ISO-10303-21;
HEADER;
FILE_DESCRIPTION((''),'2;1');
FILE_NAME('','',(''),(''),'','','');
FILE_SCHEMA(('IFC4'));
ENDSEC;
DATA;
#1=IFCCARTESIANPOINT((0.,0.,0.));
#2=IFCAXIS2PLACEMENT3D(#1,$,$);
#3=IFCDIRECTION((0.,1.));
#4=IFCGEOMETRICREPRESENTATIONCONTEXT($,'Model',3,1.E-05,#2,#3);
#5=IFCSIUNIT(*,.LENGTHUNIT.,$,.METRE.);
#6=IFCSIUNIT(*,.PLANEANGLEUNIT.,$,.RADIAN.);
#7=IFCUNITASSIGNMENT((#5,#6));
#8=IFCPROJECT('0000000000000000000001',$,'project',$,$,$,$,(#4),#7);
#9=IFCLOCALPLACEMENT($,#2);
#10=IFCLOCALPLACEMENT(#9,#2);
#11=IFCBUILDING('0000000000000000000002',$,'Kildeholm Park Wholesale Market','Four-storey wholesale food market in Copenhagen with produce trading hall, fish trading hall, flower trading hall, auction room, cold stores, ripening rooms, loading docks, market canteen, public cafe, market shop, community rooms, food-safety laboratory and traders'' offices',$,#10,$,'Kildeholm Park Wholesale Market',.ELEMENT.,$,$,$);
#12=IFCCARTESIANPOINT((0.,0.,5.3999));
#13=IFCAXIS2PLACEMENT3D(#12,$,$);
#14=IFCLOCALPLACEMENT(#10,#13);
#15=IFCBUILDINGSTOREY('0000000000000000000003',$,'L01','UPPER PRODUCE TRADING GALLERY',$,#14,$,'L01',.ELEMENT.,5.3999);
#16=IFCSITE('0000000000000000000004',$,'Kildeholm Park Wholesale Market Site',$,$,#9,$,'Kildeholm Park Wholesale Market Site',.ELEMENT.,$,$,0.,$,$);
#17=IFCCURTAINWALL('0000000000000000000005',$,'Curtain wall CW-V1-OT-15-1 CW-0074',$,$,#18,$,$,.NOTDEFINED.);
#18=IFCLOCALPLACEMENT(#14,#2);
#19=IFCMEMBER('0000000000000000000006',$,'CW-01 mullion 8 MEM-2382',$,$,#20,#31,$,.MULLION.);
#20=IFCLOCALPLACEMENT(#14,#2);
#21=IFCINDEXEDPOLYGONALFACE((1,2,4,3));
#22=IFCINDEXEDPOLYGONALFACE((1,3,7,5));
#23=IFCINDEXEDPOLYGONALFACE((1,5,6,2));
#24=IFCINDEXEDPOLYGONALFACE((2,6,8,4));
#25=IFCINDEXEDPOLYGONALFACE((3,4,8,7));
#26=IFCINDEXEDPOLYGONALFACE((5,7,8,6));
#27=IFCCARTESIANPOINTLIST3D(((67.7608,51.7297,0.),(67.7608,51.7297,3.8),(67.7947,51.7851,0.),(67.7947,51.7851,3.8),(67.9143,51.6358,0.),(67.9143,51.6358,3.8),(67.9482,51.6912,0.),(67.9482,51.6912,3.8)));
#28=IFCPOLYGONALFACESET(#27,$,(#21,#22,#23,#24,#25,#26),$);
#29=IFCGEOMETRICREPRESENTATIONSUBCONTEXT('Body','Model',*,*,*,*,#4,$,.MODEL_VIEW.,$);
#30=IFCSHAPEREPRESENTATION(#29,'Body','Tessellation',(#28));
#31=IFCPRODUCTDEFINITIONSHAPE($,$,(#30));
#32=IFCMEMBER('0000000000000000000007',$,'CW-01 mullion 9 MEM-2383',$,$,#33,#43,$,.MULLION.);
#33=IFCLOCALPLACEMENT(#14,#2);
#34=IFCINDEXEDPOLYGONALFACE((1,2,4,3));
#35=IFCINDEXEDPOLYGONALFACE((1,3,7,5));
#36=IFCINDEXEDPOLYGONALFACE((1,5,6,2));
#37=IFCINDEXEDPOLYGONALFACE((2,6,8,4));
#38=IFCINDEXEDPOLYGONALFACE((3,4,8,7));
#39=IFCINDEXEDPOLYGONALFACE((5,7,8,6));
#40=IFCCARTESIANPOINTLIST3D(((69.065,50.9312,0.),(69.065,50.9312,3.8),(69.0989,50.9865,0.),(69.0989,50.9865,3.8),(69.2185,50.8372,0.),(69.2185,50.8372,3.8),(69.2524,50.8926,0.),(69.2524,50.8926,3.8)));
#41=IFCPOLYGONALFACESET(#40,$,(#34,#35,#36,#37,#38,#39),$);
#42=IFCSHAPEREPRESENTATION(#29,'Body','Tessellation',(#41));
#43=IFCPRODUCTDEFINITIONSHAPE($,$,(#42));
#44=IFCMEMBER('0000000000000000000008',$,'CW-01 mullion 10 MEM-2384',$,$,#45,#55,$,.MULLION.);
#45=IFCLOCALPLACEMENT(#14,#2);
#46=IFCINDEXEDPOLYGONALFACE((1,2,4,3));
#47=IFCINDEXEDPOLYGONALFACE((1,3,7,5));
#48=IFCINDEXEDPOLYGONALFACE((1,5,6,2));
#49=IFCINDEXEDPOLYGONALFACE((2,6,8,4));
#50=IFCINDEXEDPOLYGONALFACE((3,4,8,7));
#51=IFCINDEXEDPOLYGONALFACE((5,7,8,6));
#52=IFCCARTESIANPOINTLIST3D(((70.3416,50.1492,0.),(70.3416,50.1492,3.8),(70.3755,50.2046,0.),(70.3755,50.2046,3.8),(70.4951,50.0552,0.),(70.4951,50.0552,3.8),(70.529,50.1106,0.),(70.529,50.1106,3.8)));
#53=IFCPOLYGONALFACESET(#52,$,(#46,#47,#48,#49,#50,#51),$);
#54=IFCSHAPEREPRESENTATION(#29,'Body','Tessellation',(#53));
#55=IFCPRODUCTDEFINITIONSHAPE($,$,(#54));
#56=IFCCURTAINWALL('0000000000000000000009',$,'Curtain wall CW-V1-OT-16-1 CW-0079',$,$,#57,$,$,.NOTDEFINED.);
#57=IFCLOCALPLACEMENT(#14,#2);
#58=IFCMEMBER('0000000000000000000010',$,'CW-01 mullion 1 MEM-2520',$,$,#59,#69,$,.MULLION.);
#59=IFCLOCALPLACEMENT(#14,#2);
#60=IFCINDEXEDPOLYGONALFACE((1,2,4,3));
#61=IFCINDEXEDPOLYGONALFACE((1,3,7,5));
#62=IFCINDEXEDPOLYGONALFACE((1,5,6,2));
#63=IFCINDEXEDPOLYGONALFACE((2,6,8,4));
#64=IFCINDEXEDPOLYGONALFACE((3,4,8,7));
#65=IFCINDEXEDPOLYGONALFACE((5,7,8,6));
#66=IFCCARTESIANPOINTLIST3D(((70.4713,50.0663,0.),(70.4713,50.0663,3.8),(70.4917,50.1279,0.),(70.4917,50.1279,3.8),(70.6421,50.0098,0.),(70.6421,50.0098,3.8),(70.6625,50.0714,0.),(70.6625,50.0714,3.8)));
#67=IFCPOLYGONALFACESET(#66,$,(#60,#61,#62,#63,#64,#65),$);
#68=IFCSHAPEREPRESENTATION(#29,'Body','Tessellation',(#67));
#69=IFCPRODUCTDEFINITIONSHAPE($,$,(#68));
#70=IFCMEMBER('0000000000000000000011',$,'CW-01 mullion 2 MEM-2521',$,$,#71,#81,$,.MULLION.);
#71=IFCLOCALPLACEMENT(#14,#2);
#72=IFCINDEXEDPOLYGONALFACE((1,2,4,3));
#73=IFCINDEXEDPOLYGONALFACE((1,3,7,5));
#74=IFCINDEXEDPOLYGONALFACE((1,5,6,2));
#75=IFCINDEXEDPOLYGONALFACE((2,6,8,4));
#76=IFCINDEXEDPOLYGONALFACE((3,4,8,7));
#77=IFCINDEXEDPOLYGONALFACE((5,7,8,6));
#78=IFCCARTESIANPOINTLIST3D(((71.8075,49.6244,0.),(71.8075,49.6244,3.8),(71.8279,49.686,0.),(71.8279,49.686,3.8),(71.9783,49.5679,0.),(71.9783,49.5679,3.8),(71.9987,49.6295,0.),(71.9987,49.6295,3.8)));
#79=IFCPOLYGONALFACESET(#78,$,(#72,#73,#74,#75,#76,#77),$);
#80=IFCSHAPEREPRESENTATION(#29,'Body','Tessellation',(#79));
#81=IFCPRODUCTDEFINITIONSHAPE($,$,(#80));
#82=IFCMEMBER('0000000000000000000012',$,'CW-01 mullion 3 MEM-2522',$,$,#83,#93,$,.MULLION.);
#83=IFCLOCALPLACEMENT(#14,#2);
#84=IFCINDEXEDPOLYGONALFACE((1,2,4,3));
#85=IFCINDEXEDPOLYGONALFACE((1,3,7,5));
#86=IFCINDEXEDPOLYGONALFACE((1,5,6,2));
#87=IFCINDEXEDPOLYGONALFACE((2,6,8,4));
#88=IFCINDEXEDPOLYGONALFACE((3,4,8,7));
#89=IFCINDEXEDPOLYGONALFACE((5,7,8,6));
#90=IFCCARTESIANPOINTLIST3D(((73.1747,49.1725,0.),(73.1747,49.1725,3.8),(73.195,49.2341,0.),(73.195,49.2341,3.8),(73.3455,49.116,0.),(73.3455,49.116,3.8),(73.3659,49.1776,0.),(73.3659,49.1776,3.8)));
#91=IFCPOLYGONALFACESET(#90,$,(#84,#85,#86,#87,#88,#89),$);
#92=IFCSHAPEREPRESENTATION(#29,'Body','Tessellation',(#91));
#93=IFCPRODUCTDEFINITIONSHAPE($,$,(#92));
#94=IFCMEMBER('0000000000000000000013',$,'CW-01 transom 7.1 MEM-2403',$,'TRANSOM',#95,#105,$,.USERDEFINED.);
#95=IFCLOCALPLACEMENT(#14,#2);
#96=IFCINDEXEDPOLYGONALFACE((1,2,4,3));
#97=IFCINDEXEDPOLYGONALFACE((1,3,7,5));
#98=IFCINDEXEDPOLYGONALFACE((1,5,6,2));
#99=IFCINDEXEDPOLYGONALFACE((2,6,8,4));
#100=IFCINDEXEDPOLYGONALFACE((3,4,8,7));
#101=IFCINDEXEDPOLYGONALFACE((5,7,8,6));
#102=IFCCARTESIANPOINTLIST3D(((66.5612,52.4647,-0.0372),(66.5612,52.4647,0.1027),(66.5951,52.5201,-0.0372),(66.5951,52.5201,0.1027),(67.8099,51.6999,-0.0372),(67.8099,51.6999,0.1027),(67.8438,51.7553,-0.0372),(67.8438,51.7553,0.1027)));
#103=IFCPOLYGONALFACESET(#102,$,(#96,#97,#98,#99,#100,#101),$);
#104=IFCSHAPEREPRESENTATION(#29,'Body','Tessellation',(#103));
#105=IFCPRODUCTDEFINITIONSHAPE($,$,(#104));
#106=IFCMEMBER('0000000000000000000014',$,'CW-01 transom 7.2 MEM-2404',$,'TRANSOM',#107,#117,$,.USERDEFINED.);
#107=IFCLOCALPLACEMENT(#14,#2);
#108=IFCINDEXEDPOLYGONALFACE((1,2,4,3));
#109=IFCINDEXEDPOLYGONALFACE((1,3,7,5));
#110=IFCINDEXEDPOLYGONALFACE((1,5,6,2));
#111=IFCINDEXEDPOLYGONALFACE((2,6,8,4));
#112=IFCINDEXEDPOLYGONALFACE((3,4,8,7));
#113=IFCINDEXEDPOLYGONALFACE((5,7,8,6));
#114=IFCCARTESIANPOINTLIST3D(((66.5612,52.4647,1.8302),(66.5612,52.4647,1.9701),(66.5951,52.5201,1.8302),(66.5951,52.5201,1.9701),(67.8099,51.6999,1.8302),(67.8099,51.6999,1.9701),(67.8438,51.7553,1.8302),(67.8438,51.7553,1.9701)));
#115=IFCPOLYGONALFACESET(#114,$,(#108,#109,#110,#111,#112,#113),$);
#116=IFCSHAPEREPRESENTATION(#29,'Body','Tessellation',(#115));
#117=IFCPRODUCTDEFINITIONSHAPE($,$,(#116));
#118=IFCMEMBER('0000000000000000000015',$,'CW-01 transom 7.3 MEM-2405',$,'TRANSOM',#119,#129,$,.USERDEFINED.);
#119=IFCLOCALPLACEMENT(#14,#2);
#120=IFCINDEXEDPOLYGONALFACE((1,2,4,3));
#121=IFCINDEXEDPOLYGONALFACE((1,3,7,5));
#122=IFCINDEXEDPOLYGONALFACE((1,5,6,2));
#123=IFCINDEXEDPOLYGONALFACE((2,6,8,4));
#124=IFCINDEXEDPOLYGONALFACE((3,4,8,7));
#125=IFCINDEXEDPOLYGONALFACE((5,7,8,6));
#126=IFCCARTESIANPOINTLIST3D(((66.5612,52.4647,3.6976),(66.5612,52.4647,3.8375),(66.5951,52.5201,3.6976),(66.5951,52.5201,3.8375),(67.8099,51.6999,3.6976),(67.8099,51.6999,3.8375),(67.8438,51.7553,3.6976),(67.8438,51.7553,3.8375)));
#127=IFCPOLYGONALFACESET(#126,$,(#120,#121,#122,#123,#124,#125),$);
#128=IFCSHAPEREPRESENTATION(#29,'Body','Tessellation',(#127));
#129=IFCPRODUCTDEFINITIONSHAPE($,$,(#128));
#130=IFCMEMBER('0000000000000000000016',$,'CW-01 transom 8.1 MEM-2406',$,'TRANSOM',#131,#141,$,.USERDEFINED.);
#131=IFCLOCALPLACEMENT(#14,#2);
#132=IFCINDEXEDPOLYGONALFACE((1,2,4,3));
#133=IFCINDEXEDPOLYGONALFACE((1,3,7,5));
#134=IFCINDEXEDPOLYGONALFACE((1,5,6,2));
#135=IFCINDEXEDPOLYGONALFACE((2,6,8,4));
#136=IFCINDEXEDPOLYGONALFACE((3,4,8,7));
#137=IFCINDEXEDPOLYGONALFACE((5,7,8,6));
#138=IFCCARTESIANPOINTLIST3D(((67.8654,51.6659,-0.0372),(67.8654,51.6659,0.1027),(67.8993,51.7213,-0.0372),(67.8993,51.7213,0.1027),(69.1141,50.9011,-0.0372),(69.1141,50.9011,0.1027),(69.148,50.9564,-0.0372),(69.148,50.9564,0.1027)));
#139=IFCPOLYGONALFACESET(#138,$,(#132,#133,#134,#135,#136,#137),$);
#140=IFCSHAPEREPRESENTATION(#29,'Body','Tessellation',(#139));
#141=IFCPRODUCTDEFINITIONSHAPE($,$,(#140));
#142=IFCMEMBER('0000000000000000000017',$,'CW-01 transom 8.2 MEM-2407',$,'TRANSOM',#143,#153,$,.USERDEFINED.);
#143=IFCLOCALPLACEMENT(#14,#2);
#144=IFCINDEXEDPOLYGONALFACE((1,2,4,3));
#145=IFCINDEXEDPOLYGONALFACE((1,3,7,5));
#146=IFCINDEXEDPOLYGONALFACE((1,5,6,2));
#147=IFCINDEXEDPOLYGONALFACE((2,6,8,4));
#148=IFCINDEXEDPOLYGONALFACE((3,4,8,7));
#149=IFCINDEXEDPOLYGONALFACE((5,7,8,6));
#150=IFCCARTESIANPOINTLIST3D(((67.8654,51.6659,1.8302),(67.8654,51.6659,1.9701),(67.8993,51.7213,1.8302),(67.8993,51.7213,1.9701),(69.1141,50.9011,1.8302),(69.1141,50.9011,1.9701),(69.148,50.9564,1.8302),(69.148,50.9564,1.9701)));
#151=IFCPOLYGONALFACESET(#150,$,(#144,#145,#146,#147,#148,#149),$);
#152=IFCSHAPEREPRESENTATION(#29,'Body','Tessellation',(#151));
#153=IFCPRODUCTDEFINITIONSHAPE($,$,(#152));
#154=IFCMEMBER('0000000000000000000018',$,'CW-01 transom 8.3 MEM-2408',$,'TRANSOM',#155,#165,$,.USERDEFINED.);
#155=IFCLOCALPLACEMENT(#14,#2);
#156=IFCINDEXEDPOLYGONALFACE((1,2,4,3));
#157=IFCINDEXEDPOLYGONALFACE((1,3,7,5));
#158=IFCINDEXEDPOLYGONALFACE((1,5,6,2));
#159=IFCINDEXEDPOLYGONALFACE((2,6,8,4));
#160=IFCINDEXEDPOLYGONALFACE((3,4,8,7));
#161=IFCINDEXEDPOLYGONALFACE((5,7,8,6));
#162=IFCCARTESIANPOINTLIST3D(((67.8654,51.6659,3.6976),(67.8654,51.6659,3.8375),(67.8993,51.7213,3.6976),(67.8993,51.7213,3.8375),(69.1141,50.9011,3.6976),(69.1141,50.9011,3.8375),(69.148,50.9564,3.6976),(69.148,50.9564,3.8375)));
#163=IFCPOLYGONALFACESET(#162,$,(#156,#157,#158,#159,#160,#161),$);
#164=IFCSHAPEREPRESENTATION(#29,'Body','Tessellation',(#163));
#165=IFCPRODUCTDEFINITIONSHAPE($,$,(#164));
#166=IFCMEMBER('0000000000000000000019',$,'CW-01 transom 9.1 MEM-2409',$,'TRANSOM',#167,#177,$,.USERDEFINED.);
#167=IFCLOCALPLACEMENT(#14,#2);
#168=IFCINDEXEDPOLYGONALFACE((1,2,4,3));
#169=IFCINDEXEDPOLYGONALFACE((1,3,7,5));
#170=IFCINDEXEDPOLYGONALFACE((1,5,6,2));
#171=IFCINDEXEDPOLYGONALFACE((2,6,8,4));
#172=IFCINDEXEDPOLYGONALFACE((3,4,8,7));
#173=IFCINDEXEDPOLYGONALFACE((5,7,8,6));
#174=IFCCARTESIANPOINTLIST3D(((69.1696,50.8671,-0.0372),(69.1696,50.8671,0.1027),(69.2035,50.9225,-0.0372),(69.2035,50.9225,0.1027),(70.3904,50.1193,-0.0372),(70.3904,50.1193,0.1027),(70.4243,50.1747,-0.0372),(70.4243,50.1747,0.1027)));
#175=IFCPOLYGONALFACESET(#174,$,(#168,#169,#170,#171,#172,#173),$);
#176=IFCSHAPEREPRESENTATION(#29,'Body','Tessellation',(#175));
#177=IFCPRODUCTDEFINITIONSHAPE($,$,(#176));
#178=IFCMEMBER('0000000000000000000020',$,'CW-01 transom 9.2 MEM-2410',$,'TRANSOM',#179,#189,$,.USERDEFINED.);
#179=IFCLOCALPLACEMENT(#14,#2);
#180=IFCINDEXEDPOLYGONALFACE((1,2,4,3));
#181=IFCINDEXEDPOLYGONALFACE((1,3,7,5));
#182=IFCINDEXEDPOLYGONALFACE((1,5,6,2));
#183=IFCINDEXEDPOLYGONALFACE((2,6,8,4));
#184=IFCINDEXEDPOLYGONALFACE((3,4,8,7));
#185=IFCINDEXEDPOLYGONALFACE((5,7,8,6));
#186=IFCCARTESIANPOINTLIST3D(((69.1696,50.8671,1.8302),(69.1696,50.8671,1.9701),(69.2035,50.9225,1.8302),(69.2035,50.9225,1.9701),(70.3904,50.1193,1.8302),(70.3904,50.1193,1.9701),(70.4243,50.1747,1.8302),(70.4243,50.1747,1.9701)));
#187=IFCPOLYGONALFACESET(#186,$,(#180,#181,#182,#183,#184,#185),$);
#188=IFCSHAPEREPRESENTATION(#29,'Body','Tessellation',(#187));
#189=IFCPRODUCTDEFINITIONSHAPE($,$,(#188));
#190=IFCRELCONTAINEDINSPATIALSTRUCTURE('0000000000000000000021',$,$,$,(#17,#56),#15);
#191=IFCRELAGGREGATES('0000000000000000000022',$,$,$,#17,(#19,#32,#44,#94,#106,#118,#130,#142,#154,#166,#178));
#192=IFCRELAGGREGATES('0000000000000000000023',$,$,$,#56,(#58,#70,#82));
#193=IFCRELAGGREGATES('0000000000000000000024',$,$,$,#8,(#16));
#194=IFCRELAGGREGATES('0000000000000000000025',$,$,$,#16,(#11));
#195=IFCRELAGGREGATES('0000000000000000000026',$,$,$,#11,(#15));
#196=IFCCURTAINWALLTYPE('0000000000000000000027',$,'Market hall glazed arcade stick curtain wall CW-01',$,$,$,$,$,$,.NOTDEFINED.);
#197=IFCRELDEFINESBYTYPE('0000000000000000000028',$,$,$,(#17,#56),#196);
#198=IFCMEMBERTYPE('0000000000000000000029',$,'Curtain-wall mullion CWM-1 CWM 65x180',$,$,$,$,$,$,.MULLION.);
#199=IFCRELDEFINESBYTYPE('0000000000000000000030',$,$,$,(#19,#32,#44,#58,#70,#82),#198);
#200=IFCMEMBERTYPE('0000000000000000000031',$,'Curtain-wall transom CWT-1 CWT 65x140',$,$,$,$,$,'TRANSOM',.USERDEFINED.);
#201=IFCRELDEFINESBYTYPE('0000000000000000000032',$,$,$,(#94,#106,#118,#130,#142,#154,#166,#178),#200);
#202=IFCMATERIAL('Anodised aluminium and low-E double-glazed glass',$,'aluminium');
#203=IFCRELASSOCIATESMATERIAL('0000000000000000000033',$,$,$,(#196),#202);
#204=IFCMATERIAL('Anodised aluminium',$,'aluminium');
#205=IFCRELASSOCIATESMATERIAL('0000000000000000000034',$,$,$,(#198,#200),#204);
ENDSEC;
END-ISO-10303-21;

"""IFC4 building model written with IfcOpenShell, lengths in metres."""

from ifc_helpers import new_model, si_unit, direction, frame, origin, origin_2d, place, context, subcontext, project, spatial, rectangle, extrude, material, material_profile, profile_set, type_object, element, aggregate, save


model = new_model("IFC4")

# Units and contexts
model_context = context("Model", 3, precision=1e-05, world=origin(), true_north=direction((0.0, 1.0)))
body_context = subcontext(model_context, "Body", "Model", "MODEL_VIEW")
ifc_project = project(units=[si_unit("LENGTHUNIT", "METRE"), si_unit("PLANEANGLEUNIT", "RADIAN")], contexts=[model_context])

# Site, building, storey
site_placement = place(None, origin())
site = spatial("IfcSite", under=ifc_project, at=site_placement, Name="Kildeholm Park Wholesale Market Site", LongName="Kildeholm Park Wholesale Market Site", CompositionType="ELEMENT", RefElevation=0.0)
building_placement = place(site_placement, origin())
building = spatial("IfcBuilding", under=site, at=building_placement, Name="Kildeholm Park Wholesale Market", Description="Four-storey wholesale food market in Copenhagen with produce trading hall, fish trading hall, flower trading hall, auction room, cold stores, ripening rooms, loading docks, market canteen, public cafe, market shop, community rooms, food-safety laboratory and traders' offices", LongName="Kildeholm Park Wholesale Market", CompositionType="ELEMENT")
storey_placement = place(building_placement, frame((0.0, 0.0, 5.3999)))
storey = spatial("IfcBuildingStorey", under=building, at=storey_placement, Name="L01", Description="UPPER PRODUCE TRADING GALLERY", LongName="L01", CompositionType="ELEMENT", Elevation=5.3999)

# Curtain walls, members
ifc_material_1 = material(Name="Anodised aluminium and low-E double-glazed glass", Category="aluminium")
curtain_wall_type = type_object("IfcCurtainWallType", Name="Market hall glazed arcade stick curtain wall CW-01", PredefinedType="NOTDEFINED", material=ifc_material_1)
curtain_wall_1_placement = place(storey_placement, origin())
curtain_wall_1 = element("IfcCurtainWall", 1, at=curtain_wall_1_placement, inside=storey, type_object=curtain_wall_type, Name="Curtain wall CW-V1-OT-15-1 CW-0074", PredefinedType="NOTDEFINED")
ifc_material_2 = material(Name="Anodised aluminium", Category="aluminium")
ifc_material_profile_1 = material_profile(ifc_material_2, rectangle(XDim=0.0649, YDim=0.1799, at=origin_2d()), Name="CWM 65x180")
ifc_profile_set_1 = profile_set([ifc_material_profile_1], Name="Anodised aluminium")
member_type_1 = type_object("IfcMemberType", Name="Curtain-wall mullion CWM-1 CWM 65x180", PredefinedType="MULLION", material=ifc_profile_set_1)
member_1_placement = place(storey_placement, frame((67.8545, 51.7104, 0.0), z_axis=(0.0, 0.0, 1.0), x_axis=(0.522284, 0.852771, 0.0)))
member_1 = element("IfcMember", 2, at=member_1_placement, type_object=member_type_1, Name="CW-01 mullion 8 MEM-2382", PredefinedType="MULLION", context=body_context, shape_type="SweptSolid", body=[
    extrude(rectangle(XDim=0.0649, YDim=0.1799, at=origin_2d()), origin(), (0.0, 0.0, 1.0), 3.8),
])
member_2_placement = place(storey_placement, frame((69.1587, 50.9119, 0.0), z_axis=(0.0, 0.0, 1.0), x_axis=(0.522284, 0.852771, 0.0)))
member_2 = element("IfcMember", 3, at=member_2_placement, type_object=member_type_1, Name="CW-01 mullion 9 MEM-2383", PredefinedType="MULLION", context=body_context, shape_type="SweptSolid", body=[
    extrude(rectangle(XDim=0.0649, YDim=0.1799, at=origin_2d()), origin(), (0.0, 0.0, 1.0), 3.8),
])
member_3_placement = place(storey_placement, frame((70.4353, 50.1299, 0.0), z_axis=(0.0, 0.0, 1.0), x_axis=(0.522284, 0.852771, 0.0)))
member_3 = element("IfcMember", 4, at=member_3_placement, type_object=member_type_1, Name="CW-01 mullion 10 MEM-2384", PredefinedType="MULLION", context=body_context, shape_type="SweptSolid", body=[
    extrude(rectangle(XDim=0.0649, YDim=0.1799, at=origin_2d()), origin(), (0.0, 0.0, 1.0), 3.8),
])
curtain_wall_2_placement = place(storey_placement, origin())
curtain_wall_2 = element("IfcCurtainWall", 5, at=curtain_wall_2_placement, inside=storey, type_object=curtain_wall_type, Name="Curtain wall CW-V1-OT-16-1 CW-0079", PredefinedType="NOTDEFINED")
member_4_placement = place(storey_placement, frame((70.5669, 50.0688, 0.0), z_axis=(0.0, 0.0, 1.0), x_axis=(0.313914, 0.949451, 0.0)))
member_4 = element("IfcMember", 6, at=member_4_placement, type_object=member_type_1, Name="CW-01 mullion 1 MEM-2520", PredefinedType="MULLION", context=body_context, shape_type="SweptSolid", body=[
    extrude(rectangle(XDim=0.0649, YDim=0.1799, at=origin_2d()), origin(), (0.0, 0.0, 1.0), 3.8),
])
member_5_placement = place(storey_placement, frame((71.9031, 49.627, 0.0), z_axis=(0.0, 0.0, 1.0), x_axis=(0.313914, 0.949451, 0.0)))
member_5 = element("IfcMember", 7, at=member_5_placement, type_object=member_type_1, Name="CW-01 mullion 2 MEM-2521", PredefinedType="MULLION", context=body_context, shape_type="SweptSolid", body=[
    extrude(rectangle(XDim=0.0649, YDim=0.1799, at=origin_2d()), origin(), (0.0, 0.0, 1.0), 3.8),
])
member_6_placement = place(storey_placement, frame((73.2703, 49.175, 0.0), z_axis=(0.0, 0.0, 1.0), x_axis=(0.313914, 0.949451, 0.0)))
member_6 = element("IfcMember", 8, at=member_6_placement, type_object=member_type_1, Name="CW-01 mullion 3 MEM-2522", PredefinedType="MULLION", context=body_context, shape_type="SweptSolid", body=[
    extrude(rectangle(XDim=0.0649, YDim=0.1799, at=origin_2d()), origin(), (0.0, 0.0, 1.0), 3.8),
])

# Members
ifc_material_profile_2 = material_profile(ifc_material_2, rectangle(XDim=0.0649, YDim=0.1399, at=origin_2d()), Name="CWT 65x140")
ifc_profile_set_2 = profile_set([ifc_material_profile_2], Name="Anodised aluminium")
member_type_2 = type_object("IfcMemberType", Name="Curtain-wall transom CWT-1 CWT 65x140", ElementType="TRANSOM", PredefinedType="USERDEFINED", material=ifc_profile_set_2)
member_7_placement = place(storey_placement, frame((66.5781, 52.4924, 0.0327), z_axis=(0.85275, -0.52232, 0.0), x_axis=(0.52232, 0.85275, 0.0)))
member_7 = element("IfcMember", 9, at=member_7_placement, type_object=member_type_2, Name="CW-01 transom 7.1 MEM-2403", ObjectType="TRANSOM", PredefinedType="USERDEFINED", context=body_context, shape_type="SweptSolid", body=[
    extrude(rectangle(XDim=0.0649, YDim=0.1399, at=origin_2d()), origin(), (0.0, 0.0, 1.0), 1.4644),
])
member_8_placement = place(storey_placement, frame((66.5781, 52.4924, 1.9001), z_axis=(0.85275, -0.52232, 0.0), x_axis=(0.52232, 0.85275, 0.0)))
member_8 = element("IfcMember", 10, at=member_8_placement, type_object=member_type_2, Name="CW-01 transom 7.2 MEM-2404", ObjectType="TRANSOM", PredefinedType="USERDEFINED", context=body_context, shape_type="SweptSolid", body=[
    extrude(rectangle(XDim=0.0649, YDim=0.1399, at=origin_2d()), origin(), (0.0, 0.0, 1.0), 1.4644),
])
member_9_placement = place(storey_placement, frame((66.5781, 52.4924, 3.7676), z_axis=(0.85275, -0.52232, 0.0), x_axis=(0.52232, 0.85275, 0.0)))
member_9 = element("IfcMember", 11, at=member_9_placement, type_object=member_type_2, Name="CW-01 transom 7.3 MEM-2405", ObjectType="TRANSOM", PredefinedType="USERDEFINED", context=body_context, shape_type="SweptSolid", body=[
    extrude(rectangle(XDim=0.0649, YDim=0.1399, at=origin_2d()), origin(), (0.0, 0.0, 1.0), 1.4644),
])
member_10_placement = place(storey_placement, frame((67.8823, 51.6936, 0.0327), z_axis=(0.85275, -0.52232, 0.0), x_axis=(0.52232, 0.85275, 0.0)))
member_10 = element("IfcMember", 12, at=member_10_placement, type_object=member_type_2, Name="CW-01 transom 8.1 MEM-2406", ObjectType="TRANSOM", PredefinedType="USERDEFINED", context=body_context, shape_type="SweptSolid", body=[
    extrude(rectangle(XDim=0.0649, YDim=0.1399, at=origin_2d()), origin(), (0.0, 0.0, 1.0), 1.4644),
])
member_11_placement = place(storey_placement, frame((67.8823, 51.6936, 1.9001), z_axis=(0.85275, -0.52232, 0.0), x_axis=(0.52232, 0.85275, 0.0)))
member_11 = element("IfcMember", 13, at=member_11_placement, type_object=member_type_2, Name="CW-01 transom 8.2 MEM-2407", ObjectType="TRANSOM", PredefinedType="USERDEFINED", context=body_context, shape_type="SweptSolid", body=[
    extrude(rectangle(XDim=0.0649, YDim=0.1399, at=origin_2d()), origin(), (0.0, 0.0, 1.0), 1.4644),
])
member_12_placement = place(storey_placement, frame((67.8823, 51.6936, 3.7676), z_axis=(0.85275, -0.52232, 0.0), x_axis=(0.52232, 0.85275, 0.0)))
member_12 = element("IfcMember", 14, at=member_12_placement, type_object=member_type_2, Name="CW-01 transom 8.3 MEM-2408", ObjectType="TRANSOM", PredefinedType="USERDEFINED", context=body_context, shape_type="SweptSolid", body=[
    extrude(rectangle(XDim=0.0649, YDim=0.1399, at=origin_2d()), origin(), (0.0, 0.0, 1.0), 1.4644),
])
member_13_placement = place(storey_placement, frame((69.1865, 50.8948, 0.0327), z_axis=(0.852763, -0.522298, 0.0), x_axis=(0.522298, 0.852763, 0.0)))
member_13 = element("IfcMember", 15, at=member_13_placement, type_object=member_type_2, Name="CW-01 transom 9.1 MEM-2409", ObjectType="TRANSOM", PredefinedType="USERDEFINED", context=body_context, shape_type="SweptSolid", body=[
    extrude(rectangle(XDim=0.0649, YDim=0.1399, at=origin_2d()), origin(), (0.0, 0.0, 1.0), 1.4316),
])
member_14_placement = place(storey_placement, frame((69.1865, 50.8948, 1.9001), z_axis=(0.852763, -0.522298, 0.0), x_axis=(0.522298, 0.852763, 0.0)))
member_14 = element("IfcMember", 16, at=member_14_placement, type_object=member_type_2, Name="CW-01 transom 9.2 MEM-2410", ObjectType="TRANSOM", PredefinedType="USERDEFINED", context=body_context, shape_type="SweptSolid", body=[
    extrude(rectangle(XDim=0.0649, YDim=0.1399, at=origin_2d()), origin(), (0.0, 0.0, 1.0), 1.4316),
])

aggregate(curtain_wall_1, [member_1, member_2, member_3, member_7, member_8, member_9, member_10, member_11, member_12, member_13, member_14])
aggregate(curtain_wall_2, [member_4, member_5, member_6])

save(model, "model.ifc")
